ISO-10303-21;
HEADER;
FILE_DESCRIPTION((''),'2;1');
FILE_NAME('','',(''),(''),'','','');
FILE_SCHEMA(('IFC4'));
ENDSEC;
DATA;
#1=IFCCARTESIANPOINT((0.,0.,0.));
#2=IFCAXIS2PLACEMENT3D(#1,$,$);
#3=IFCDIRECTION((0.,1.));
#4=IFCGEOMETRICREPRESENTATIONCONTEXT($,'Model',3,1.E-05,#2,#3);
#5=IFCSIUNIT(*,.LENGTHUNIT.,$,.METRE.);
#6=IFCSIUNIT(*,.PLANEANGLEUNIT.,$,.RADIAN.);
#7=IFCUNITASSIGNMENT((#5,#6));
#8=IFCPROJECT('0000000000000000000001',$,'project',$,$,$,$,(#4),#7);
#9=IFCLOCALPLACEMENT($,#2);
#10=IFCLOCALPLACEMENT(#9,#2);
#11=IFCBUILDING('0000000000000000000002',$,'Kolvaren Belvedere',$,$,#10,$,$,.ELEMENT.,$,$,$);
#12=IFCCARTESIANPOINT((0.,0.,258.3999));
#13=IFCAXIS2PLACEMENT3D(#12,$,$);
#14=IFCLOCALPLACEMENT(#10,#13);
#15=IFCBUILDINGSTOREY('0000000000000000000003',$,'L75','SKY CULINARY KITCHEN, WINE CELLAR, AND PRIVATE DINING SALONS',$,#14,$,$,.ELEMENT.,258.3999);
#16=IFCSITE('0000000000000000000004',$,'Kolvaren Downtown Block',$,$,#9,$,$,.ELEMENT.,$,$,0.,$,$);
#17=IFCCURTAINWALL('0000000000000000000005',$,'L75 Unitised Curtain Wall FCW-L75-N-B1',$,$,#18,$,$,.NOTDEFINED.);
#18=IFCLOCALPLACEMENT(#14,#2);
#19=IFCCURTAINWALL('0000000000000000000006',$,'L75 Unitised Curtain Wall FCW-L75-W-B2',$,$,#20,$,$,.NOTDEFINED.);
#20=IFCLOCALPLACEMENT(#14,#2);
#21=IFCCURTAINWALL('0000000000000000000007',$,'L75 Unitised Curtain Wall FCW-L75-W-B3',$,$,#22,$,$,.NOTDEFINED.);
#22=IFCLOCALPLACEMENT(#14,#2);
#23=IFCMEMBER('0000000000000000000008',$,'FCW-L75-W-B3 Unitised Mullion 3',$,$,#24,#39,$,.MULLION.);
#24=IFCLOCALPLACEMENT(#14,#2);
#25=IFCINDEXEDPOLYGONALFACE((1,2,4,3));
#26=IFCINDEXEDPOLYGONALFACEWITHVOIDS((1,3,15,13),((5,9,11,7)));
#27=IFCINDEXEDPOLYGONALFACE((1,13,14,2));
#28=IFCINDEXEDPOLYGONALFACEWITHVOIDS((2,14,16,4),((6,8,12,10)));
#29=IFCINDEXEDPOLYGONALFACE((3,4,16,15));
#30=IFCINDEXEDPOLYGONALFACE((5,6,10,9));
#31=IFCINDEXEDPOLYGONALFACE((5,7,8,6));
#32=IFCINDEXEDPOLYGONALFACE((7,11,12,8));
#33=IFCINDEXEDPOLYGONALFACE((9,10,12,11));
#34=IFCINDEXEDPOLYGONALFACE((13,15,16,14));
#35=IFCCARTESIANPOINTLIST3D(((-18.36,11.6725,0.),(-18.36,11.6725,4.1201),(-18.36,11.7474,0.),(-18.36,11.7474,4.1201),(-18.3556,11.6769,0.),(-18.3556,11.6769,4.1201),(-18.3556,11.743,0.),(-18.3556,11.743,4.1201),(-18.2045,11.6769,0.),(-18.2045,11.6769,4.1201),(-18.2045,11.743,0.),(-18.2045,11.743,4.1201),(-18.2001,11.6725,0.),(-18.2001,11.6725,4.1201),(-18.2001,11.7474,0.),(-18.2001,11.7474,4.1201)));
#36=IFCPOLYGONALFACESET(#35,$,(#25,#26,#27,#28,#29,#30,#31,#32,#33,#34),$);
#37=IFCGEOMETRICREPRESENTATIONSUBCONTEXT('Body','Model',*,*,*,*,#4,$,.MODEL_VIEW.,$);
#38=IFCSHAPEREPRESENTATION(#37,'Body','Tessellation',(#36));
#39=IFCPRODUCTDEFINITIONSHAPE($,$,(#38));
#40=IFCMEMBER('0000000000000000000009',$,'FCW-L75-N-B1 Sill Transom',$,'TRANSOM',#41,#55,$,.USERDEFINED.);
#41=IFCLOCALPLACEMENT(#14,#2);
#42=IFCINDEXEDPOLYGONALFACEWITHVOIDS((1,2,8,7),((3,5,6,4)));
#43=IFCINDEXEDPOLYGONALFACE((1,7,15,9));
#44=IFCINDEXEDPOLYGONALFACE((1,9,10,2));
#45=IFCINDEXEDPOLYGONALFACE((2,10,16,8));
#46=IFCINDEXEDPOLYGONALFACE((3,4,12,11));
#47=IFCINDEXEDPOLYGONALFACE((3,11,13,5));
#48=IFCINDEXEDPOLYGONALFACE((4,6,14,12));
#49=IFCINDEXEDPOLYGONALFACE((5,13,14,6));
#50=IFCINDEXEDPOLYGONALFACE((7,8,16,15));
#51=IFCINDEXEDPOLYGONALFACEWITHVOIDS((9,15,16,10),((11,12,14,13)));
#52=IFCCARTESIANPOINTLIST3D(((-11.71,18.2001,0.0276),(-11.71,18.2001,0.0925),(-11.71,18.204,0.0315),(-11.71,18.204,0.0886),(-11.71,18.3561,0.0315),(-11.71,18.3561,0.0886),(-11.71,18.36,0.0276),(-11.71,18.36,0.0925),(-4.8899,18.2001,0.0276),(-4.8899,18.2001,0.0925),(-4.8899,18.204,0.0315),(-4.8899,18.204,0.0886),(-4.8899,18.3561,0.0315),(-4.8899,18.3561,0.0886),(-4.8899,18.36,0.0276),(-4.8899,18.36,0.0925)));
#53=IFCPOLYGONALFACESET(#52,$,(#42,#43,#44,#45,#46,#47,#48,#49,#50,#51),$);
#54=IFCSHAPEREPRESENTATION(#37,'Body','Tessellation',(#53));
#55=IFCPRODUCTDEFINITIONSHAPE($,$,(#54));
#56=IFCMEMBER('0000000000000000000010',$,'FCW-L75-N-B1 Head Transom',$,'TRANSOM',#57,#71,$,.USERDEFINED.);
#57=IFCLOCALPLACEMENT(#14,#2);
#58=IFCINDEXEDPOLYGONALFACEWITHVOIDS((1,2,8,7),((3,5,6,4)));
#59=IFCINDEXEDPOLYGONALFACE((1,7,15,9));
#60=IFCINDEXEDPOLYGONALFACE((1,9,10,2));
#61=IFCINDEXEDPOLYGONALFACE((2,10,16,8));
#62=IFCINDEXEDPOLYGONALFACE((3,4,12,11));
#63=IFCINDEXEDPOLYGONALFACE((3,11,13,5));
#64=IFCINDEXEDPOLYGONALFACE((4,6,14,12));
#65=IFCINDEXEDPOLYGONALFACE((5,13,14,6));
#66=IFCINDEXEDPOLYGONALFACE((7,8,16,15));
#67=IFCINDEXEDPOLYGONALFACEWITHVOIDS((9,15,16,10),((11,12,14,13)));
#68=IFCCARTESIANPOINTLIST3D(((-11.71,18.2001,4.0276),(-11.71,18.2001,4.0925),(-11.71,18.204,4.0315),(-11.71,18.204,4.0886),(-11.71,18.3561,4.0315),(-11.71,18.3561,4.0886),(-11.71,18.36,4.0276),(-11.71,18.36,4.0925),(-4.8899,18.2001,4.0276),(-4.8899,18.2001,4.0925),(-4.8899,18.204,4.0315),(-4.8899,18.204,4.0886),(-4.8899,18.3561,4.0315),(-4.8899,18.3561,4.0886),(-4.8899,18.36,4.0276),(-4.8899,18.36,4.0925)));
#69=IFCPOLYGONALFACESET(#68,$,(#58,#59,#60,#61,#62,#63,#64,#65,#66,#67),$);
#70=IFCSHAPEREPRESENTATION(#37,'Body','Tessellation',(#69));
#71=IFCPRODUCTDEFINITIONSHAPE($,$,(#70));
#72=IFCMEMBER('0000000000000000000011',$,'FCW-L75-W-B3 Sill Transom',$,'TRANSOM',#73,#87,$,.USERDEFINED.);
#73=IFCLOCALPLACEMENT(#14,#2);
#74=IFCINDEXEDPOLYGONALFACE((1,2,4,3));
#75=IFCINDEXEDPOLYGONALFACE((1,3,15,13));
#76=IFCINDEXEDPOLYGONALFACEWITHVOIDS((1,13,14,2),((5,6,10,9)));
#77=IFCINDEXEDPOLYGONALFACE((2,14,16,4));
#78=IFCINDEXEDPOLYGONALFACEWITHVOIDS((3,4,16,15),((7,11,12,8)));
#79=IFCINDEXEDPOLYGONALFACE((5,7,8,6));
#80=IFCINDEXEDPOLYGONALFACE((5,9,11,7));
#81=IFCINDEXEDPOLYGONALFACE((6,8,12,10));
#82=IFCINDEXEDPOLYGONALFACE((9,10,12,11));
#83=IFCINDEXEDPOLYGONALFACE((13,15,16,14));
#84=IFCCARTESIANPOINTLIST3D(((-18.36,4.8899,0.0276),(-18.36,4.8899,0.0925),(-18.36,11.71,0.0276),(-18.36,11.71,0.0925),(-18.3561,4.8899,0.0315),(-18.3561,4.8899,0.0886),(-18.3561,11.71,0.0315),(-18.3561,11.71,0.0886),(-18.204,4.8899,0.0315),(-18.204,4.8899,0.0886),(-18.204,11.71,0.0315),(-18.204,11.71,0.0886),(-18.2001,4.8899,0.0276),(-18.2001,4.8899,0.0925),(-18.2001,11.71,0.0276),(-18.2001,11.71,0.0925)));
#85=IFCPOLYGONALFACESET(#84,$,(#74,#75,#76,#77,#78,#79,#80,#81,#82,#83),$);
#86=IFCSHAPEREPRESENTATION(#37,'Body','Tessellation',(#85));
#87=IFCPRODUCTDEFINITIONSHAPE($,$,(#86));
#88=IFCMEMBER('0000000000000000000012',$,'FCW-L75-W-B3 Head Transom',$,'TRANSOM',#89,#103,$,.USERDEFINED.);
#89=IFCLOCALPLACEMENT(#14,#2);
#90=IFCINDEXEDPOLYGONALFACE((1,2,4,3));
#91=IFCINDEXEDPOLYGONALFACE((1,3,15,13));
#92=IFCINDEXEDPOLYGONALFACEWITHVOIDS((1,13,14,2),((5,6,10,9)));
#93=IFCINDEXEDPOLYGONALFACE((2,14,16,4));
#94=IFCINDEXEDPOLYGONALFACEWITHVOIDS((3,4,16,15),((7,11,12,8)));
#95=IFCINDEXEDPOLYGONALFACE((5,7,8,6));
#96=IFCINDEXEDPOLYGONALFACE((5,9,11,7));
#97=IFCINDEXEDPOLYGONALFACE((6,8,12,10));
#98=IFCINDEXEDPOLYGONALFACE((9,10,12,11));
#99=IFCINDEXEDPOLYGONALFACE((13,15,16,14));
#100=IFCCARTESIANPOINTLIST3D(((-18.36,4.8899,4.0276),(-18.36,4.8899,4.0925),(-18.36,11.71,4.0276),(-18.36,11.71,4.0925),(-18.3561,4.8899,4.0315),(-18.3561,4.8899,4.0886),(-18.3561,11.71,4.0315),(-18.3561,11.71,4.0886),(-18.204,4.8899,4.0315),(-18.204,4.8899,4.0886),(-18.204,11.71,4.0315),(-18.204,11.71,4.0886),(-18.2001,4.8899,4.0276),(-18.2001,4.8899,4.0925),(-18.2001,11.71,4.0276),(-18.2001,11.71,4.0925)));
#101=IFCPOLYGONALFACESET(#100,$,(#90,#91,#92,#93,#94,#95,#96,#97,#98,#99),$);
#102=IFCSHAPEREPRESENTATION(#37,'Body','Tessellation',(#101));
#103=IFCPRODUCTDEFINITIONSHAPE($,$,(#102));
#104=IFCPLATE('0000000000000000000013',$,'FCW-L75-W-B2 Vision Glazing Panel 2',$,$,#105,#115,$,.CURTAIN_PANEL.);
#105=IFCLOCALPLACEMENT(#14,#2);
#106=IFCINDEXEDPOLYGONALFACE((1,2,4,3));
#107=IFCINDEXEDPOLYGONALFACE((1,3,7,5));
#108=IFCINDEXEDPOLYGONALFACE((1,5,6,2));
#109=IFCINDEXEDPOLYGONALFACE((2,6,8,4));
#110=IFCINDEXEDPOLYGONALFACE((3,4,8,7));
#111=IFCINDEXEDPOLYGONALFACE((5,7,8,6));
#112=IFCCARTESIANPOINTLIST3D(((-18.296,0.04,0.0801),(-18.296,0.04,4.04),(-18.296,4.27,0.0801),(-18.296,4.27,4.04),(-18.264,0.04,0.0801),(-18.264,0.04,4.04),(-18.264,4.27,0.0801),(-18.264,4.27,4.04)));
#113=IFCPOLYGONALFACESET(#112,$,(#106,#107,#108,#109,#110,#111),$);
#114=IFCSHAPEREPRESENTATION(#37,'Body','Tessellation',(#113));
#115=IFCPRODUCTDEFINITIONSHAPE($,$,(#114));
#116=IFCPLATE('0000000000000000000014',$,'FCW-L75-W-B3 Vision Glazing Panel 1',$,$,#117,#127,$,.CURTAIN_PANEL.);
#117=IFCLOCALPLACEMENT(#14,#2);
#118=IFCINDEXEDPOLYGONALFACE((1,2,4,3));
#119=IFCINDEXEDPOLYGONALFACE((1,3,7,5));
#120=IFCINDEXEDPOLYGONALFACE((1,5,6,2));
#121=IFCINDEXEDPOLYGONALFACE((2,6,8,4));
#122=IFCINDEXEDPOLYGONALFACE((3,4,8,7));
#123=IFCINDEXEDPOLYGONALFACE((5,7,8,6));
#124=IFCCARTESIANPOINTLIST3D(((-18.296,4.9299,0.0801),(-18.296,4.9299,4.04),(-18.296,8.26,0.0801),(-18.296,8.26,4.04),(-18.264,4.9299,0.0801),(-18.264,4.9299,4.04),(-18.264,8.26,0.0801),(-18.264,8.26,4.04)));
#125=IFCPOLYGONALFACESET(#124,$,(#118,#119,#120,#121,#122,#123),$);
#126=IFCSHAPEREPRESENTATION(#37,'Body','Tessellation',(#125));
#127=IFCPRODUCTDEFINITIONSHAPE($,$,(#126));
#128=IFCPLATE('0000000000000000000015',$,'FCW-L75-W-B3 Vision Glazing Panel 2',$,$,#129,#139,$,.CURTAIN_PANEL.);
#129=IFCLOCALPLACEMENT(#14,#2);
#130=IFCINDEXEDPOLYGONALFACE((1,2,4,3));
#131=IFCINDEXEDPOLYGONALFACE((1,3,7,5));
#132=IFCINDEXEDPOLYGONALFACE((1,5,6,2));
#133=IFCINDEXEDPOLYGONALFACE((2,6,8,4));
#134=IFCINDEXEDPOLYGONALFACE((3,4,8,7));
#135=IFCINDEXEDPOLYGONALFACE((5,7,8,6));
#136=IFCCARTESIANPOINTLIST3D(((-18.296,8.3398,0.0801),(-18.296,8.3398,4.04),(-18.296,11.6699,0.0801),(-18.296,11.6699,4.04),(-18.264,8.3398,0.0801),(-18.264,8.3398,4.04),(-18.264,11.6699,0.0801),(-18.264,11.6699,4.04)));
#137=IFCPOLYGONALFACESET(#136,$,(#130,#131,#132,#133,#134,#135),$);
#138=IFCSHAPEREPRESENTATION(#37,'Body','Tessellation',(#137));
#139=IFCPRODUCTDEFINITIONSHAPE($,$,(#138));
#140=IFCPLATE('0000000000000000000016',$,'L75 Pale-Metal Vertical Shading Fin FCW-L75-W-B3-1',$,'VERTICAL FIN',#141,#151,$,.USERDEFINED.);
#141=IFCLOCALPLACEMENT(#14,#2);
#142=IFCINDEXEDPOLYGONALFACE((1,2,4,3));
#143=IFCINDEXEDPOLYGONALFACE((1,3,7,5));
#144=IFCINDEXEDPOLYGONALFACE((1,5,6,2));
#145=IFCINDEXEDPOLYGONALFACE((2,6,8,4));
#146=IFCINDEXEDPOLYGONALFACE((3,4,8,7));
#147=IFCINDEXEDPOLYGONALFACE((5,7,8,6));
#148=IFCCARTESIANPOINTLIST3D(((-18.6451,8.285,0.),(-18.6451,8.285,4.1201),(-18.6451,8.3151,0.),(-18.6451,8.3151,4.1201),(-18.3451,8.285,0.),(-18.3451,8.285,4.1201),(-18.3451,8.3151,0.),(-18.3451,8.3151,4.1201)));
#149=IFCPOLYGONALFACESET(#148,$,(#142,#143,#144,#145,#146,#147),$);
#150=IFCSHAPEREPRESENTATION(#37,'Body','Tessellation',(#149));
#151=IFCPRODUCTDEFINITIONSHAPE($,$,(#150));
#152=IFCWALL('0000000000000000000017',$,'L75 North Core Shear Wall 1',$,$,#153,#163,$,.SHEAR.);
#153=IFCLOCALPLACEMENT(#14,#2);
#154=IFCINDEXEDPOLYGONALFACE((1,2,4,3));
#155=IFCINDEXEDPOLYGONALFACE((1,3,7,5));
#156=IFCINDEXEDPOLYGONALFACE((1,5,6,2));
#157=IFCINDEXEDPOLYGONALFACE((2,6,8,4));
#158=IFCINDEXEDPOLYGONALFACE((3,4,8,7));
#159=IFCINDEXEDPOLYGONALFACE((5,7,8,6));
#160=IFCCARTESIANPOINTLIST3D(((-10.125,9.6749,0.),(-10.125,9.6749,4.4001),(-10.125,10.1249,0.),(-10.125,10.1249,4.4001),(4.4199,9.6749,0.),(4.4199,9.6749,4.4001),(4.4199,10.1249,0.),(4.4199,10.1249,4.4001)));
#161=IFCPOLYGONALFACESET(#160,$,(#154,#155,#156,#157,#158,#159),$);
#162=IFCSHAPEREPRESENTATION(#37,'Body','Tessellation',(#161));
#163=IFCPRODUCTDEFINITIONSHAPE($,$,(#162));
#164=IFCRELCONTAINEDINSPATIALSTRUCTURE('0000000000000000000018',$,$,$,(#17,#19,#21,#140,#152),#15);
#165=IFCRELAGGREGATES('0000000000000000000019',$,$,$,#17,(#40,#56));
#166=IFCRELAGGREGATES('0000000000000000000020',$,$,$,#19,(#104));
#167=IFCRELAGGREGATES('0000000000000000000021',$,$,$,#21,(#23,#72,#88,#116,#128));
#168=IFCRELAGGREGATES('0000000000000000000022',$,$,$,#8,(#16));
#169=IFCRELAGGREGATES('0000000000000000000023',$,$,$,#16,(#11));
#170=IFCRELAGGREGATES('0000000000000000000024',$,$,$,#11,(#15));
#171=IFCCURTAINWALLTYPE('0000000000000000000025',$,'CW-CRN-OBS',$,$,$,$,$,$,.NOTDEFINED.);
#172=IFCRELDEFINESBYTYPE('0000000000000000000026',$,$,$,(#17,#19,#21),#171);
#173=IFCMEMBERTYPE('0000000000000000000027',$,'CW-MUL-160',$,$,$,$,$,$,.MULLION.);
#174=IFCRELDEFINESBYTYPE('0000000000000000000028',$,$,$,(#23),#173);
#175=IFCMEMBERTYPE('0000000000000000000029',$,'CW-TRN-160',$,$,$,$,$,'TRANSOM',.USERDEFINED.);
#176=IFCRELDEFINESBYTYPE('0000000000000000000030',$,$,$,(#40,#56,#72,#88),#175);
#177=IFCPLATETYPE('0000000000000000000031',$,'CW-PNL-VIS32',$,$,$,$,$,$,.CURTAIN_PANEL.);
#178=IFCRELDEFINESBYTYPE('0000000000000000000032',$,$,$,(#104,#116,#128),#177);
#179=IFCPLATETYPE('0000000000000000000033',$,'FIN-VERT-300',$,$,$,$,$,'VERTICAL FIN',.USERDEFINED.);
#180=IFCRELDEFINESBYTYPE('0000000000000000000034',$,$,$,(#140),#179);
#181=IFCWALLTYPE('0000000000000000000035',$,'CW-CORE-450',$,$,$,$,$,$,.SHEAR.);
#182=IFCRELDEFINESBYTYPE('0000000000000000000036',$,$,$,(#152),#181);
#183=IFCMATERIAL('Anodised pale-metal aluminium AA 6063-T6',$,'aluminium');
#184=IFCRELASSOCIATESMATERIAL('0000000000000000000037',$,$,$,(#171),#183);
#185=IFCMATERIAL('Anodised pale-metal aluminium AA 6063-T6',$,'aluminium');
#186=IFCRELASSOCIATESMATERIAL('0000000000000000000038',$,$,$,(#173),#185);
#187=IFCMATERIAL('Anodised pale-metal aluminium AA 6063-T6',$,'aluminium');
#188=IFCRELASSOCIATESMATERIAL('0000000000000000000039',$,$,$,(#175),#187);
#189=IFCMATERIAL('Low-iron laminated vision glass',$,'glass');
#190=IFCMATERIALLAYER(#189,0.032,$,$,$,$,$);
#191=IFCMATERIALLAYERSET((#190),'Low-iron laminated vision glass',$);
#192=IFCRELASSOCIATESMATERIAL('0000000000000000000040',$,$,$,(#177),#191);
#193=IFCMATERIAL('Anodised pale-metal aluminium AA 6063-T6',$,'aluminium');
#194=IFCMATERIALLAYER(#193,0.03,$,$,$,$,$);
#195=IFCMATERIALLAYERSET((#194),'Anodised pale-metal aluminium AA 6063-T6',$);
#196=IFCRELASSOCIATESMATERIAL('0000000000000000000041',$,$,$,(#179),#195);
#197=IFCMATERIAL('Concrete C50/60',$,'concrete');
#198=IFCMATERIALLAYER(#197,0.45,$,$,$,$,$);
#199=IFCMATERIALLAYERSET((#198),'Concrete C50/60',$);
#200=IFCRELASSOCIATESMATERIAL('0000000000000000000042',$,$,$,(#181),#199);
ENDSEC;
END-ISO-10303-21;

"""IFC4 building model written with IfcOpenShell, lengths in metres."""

from ifc_helpers import new_model, si_unit, direction, frame, frame_2d, origin, origin_2d, place, context, subcontext, project, spatial, rectangle, hollow_rectangle, extrude, material, layer, layer_set, material_profile, profile_set, type_object, element, aggregate, save


model = new_model("IFC4")

# Units and contexts
model_context = context("Model", 3, precision=1e-05, world=origin(), true_north=direction((0.0, 1.0)))
body_context = subcontext(model_context, "Body", "Model", "MODEL_VIEW")
ifc_project = project(units=[si_unit("LENGTHUNIT", "METRE"), si_unit("PLANEANGLEUNIT", "RADIAN")], contexts=[model_context])

# Site, building, storey
site_placement = place(None, origin())
site = spatial("IfcSite", under=ifc_project, at=site_placement, Name="Kolvaren Downtown Block", CompositionType="ELEMENT", RefElevation=0.0)
building_placement = place(site_placement, origin())
building = spatial("IfcBuilding", under=site, at=building_placement, Name="Kolvaren Belvedere", CompositionType="ELEMENT")
storey_placement = place(building_placement, frame((0.0, 0.0, 258.3999)))
storey = spatial("IfcBuildingStorey", under=building, at=storey_placement, Name="L75", Description="SKY CULINARY KITCHEN, WINE CELLAR, AND PRIVATE DINING SALONS", CompositionType="ELEMENT", Elevation=258.3999)

# Curtain wall
ifc_material_1 = material(Name="Anodised pale-metal aluminium AA 6063-T6", Category="aluminium")
curtain_wall_type = type_object("IfcCurtainWallType", Name="CW-CRN-OBS", PredefinedType="NOTDEFINED", material=ifc_material_1)
curtain_wall_1_placement = place(storey_placement, origin())
curtain_wall_1 = element("IfcCurtainWall", 1, at=curtain_wall_1_placement, inside=storey, type_object=curtain_wall_type, Name="L75 Unitised Curtain Wall FCW-L75-N-B1", PredefinedType="NOTDEFINED")
ifc_material_2 = material(Name="Anodised pale-metal aluminium AA 6063-T6", Category="aluminium")
ifc_material_profile_1 = material_profile(ifc_material_2, hollow_rectangle(XDim=0.075, YDim=0.1599, WallThickness=0.0044, at=origin_2d()), Name="ALU-MUL-160X75")
ifc_profile_set_1 = profile_set([ifc_material_profile_1], Name="Anodised pale-metal aluminium AA 6063-T6")
member_type_1 = type_object("IfcMemberType", Name="CW-MUL-160", PredefinedType="MULLION", material=ifc_profile_set_1)

# Curtain walls, member
curtain_wall_2_placement = place(storey_placement, origin())
curtain_wall_2 = element("IfcCurtainWall", 2, at=curtain_wall_2_placement, inside=storey, type_object=curtain_wall_type, Name="L75 Unitised Curtain Wall FCW-L75-W-B2", PredefinedType="NOTDEFINED")
curtain_wall_3_placement = place(storey_placement, origin())
curtain_wall_3 = element("IfcCurtainWall", 3, at=curtain_wall_3_placement, inside=storey, type_object=curtain_wall_type, Name="L75 Unitised Curtain Wall FCW-L75-W-B3", PredefinedType="NOTDEFINED")
member_1_placement = place(storey_placement, frame((-18.28, 11.71, 0.0), z_axis=(0.0, 0.0, 1.0), x_axis=(0.0, 1.0, 0.0)))
member_1 = element("IfcMember", 4, at=member_1_placement, type_object=member_type_1, Name="FCW-L75-W-B3 Unitised Mullion 3", PredefinedType="MULLION", context=body_context, shape_type="SweptSolid", body=[
    extrude(hollow_rectangle(XDim=0.075, YDim=0.1599, WallThickness=0.0044, at=origin_2d()), origin(), (0.0, 0.0, 1.0), 4.1201),
])

# Members
ifc_material_3 = material(Name="Anodised pale-metal aluminium AA 6063-T6", Category="aluminium")
ifc_material_profile_2 = material_profile(ifc_material_3, hollow_rectangle(XDim=0.0649, YDim=0.1599, WallThickness=0.0039, at=origin_2d()), Name="ALU-TRN-160X65")
ifc_profile_set_2 = profile_set([ifc_material_profile_2], Name="Anodised pale-metal aluminium AA 6063-T6")
member_type_2 = type_object("IfcMemberType", Name="CW-TRN-160", ElementType="TRANSOM", PredefinedType="USERDEFINED", material=ifc_profile_set_2)
member_2_placement = place(storey_placement, frame((-11.71, 18.28, 0.0601), z_axis=(1.0, 0.0, 0.0), x_axis=(0.0, 0.0, 1.0)))
member_2 = element("IfcMember", 5, at=member_2_placement, type_object=member_type_2, Name="FCW-L75-N-B1 Sill Transom", ObjectType="TRANSOM", PredefinedType="USERDEFINED", context=body_context, shape_type="SweptSolid", body=[
    extrude(hollow_rectangle(XDim=0.0649, YDim=0.1599, WallThickness=0.0039, at=origin_2d()), origin(), (0.0, 0.0, 1.0), 6.8201),
])
member_3_placement = place(storey_placement, frame((-11.71, 18.28, 4.0601), z_axis=(1.0, 0.0, 0.0), x_axis=(0.0, 0.0, 1.0)))
member_3 = element("IfcMember", 6, at=member_3_placement, type_object=member_type_2, Name="FCW-L75-N-B1 Head Transom", ObjectType="TRANSOM", PredefinedType="USERDEFINED", context=body_context, shape_type="SweptSolid", body=[
    extrude(hollow_rectangle(XDim=0.0649, YDim=0.1599, WallThickness=0.0039, at=origin_2d()), origin(), (0.0, 0.0, 1.0), 6.8201),
])
aggregate(curtain_wall_1, [member_2, member_3])
member_4_placement = place(storey_placement, frame((-18.28, 4.8899, 0.0601), z_axis=(0.0, 1.0, 0.0), x_axis=(0.0, 0.0, 1.0)))
member_4 = element("IfcMember", 7, at=member_4_placement, type_object=member_type_2, Name="FCW-L75-W-B3 Sill Transom", ObjectType="TRANSOM", PredefinedType="USERDEFINED", context=body_context, shape_type="SweptSolid", body=[
    extrude(hollow_rectangle(XDim=0.0649, YDim=0.1599, WallThickness=0.0039, at=origin_2d()), origin(), (0.0, 0.0, 1.0), 6.8201),
])
member_5_placement = place(storey_placement, frame((-18.28, 4.8899, 4.0601), z_axis=(0.0, 1.0, 0.0), x_axis=(0.0, 0.0, 1.0)))
member_5 = element("IfcMember", 8, at=member_5_placement, type_object=member_type_2, Name="FCW-L75-W-B3 Head Transom", ObjectType="TRANSOM", PredefinedType="USERDEFINED", context=body_context, shape_type="SweptSolid", body=[
    extrude(hollow_rectangle(XDim=0.0649, YDim=0.1599, WallThickness=0.0039, at=origin_2d()), origin(), (0.0, 0.0, 1.0), 6.8201),
])

# Plates
ifc_material_4 = material(Name="Low-iron laminated vision glass", Category="glass")
ifc_layer_1 = layer(ifc_material_4, 0.032)
ifc_layer_set_1 = layer_set([ifc_layer_1], Name="Low-iron laminated vision glass")
plate_type_1 = type_object("IfcPlateType", Name="CW-PNL-VIS32", PredefinedType="CURTAIN_PANEL", material=ifc_layer_set_1)
plate_1_placement = place(storey_placement, frame((-18.28, 2.155, 0.0801), z_axis=(0.0, 0.0, 1.0), x_axis=(0.0, 1.0, 0.0)))
plate_1 = element("IfcPlate", 9, at=plate_1_placement, type_object=plate_type_1, Name="FCW-L75-W-B2 Vision Glazing Panel 2", PredefinedType="CURTAIN_PANEL", context=body_context, shape_type="SweptSolid", body=[
    extrude(rectangle(XDim=4.23, YDim=0.032, at=origin_2d()), origin(), (0.0, 0.0, 1.0), 3.96),
])
aggregate(curtain_wall_2, [plate_1])
plate_2_placement = place(storey_placement, frame((-18.28, 6.595, 0.0801), z_axis=(0.0, 0.0, 1.0), x_axis=(0.0, 1.0, 0.0)))
plate_2 = element("IfcPlate", 10, at=plate_2_placement, type_object=plate_type_1, Name="FCW-L75-W-B3 Vision Glazing Panel 1", PredefinedType="CURTAIN_PANEL", context=body_context, shape_type="SweptSolid", body=[
    extrude(rectangle(XDim=3.3301, YDim=0.032, at=origin_2d()), origin(), (0.0, 0.0, 1.0), 3.96),
])
plate_3_placement = place(storey_placement, frame((-18.28, 10.0049, 0.0801), z_axis=(0.0, 0.0, 1.0), x_axis=(0.0, 1.0, 0.0)))
plate_3 = element("IfcPlate", 11, at=plate_3_placement, type_object=plate_type_1, Name="FCW-L75-W-B3 Vision Glazing Panel 2", PredefinedType="CURTAIN_PANEL", context=body_context, shape_type="SweptSolid", body=[
    extrude(rectangle(XDim=3.3301, YDim=0.032, at=origin_2d()), origin(), (0.0, 0.0, 1.0), 3.96),
])
aggregate(curtain_wall_3, [member_1, member_4, member_5, plate_2, plate_3])
ifc_material_5 = material(Name="Anodised pale-metal aluminium AA 6063-T6", Category="aluminium")
ifc_layer_2 = layer(ifc_material_5, 0.03)
ifc_layer_set_2 = layer_set([ifc_layer_2], Name="Anodised pale-metal aluminium AA 6063-T6")
plate_type_2 = type_object("IfcPlateType", Name="FIN-VERT-300", ElementType="VERTICAL FIN", PredefinedType="USERDEFINED", material=ifc_layer_set_2)
plate_4_placement = place(storey_placement, frame((-18.4951, 8.3, 0.0), z_axis=(0.0, 0.0, 1.0), x_axis=(1.0, 0.0, 0.0)))
element("IfcPlate", 12, at=plate_4_placement, inside=storey, type_object=plate_type_2, Name="L75 Pale-Metal Vertical Shading Fin FCW-L75-W-B3-1", ObjectType="VERTICAL FIN", PredefinedType="USERDEFINED", context=body_context, shape_type="SweptSolid", body=[
    extrude(rectangle(XDim=0.3, YDim=0.03, at=origin_2d()), origin(), (0.0, 0.0, 1.0), 4.1201),
])

# Wall
ifc_material_6 = material(Name="Concrete C50/60", Category="concrete")
ifc_layer_3 = layer(ifc_material_6, 0.45)
ifc_layer_set_3 = layer_set([ifc_layer_3], Name="Concrete C50/60")
wall_type_1 = type_object("IfcWallType", Name="CW-CORE-450", PredefinedType="SHEAR", material=ifc_layer_set_3)
wall_1_placement = place(storey_placement, frame((-10.125, 9.8999, 0.0), z_axis=(0.0, 0.0, 1.0), x_axis=(1.0, 0.0, 0.0)))
element("IfcWall", 13, at=wall_1_placement, inside=storey, type_object=wall_type_1, Name="L75 North Core Shear Wall 1", PredefinedType="SHEAR", context=body_context, shape_type="SweptSolid", body=[
    extrude(rectangle(XDim=14.5449, YDim=0.45, at=frame_2d((7.2725, 0.0))), origin(), (0.0, 0.0, 1.0), 4.4001),
])

save(model, "model.ifc")
